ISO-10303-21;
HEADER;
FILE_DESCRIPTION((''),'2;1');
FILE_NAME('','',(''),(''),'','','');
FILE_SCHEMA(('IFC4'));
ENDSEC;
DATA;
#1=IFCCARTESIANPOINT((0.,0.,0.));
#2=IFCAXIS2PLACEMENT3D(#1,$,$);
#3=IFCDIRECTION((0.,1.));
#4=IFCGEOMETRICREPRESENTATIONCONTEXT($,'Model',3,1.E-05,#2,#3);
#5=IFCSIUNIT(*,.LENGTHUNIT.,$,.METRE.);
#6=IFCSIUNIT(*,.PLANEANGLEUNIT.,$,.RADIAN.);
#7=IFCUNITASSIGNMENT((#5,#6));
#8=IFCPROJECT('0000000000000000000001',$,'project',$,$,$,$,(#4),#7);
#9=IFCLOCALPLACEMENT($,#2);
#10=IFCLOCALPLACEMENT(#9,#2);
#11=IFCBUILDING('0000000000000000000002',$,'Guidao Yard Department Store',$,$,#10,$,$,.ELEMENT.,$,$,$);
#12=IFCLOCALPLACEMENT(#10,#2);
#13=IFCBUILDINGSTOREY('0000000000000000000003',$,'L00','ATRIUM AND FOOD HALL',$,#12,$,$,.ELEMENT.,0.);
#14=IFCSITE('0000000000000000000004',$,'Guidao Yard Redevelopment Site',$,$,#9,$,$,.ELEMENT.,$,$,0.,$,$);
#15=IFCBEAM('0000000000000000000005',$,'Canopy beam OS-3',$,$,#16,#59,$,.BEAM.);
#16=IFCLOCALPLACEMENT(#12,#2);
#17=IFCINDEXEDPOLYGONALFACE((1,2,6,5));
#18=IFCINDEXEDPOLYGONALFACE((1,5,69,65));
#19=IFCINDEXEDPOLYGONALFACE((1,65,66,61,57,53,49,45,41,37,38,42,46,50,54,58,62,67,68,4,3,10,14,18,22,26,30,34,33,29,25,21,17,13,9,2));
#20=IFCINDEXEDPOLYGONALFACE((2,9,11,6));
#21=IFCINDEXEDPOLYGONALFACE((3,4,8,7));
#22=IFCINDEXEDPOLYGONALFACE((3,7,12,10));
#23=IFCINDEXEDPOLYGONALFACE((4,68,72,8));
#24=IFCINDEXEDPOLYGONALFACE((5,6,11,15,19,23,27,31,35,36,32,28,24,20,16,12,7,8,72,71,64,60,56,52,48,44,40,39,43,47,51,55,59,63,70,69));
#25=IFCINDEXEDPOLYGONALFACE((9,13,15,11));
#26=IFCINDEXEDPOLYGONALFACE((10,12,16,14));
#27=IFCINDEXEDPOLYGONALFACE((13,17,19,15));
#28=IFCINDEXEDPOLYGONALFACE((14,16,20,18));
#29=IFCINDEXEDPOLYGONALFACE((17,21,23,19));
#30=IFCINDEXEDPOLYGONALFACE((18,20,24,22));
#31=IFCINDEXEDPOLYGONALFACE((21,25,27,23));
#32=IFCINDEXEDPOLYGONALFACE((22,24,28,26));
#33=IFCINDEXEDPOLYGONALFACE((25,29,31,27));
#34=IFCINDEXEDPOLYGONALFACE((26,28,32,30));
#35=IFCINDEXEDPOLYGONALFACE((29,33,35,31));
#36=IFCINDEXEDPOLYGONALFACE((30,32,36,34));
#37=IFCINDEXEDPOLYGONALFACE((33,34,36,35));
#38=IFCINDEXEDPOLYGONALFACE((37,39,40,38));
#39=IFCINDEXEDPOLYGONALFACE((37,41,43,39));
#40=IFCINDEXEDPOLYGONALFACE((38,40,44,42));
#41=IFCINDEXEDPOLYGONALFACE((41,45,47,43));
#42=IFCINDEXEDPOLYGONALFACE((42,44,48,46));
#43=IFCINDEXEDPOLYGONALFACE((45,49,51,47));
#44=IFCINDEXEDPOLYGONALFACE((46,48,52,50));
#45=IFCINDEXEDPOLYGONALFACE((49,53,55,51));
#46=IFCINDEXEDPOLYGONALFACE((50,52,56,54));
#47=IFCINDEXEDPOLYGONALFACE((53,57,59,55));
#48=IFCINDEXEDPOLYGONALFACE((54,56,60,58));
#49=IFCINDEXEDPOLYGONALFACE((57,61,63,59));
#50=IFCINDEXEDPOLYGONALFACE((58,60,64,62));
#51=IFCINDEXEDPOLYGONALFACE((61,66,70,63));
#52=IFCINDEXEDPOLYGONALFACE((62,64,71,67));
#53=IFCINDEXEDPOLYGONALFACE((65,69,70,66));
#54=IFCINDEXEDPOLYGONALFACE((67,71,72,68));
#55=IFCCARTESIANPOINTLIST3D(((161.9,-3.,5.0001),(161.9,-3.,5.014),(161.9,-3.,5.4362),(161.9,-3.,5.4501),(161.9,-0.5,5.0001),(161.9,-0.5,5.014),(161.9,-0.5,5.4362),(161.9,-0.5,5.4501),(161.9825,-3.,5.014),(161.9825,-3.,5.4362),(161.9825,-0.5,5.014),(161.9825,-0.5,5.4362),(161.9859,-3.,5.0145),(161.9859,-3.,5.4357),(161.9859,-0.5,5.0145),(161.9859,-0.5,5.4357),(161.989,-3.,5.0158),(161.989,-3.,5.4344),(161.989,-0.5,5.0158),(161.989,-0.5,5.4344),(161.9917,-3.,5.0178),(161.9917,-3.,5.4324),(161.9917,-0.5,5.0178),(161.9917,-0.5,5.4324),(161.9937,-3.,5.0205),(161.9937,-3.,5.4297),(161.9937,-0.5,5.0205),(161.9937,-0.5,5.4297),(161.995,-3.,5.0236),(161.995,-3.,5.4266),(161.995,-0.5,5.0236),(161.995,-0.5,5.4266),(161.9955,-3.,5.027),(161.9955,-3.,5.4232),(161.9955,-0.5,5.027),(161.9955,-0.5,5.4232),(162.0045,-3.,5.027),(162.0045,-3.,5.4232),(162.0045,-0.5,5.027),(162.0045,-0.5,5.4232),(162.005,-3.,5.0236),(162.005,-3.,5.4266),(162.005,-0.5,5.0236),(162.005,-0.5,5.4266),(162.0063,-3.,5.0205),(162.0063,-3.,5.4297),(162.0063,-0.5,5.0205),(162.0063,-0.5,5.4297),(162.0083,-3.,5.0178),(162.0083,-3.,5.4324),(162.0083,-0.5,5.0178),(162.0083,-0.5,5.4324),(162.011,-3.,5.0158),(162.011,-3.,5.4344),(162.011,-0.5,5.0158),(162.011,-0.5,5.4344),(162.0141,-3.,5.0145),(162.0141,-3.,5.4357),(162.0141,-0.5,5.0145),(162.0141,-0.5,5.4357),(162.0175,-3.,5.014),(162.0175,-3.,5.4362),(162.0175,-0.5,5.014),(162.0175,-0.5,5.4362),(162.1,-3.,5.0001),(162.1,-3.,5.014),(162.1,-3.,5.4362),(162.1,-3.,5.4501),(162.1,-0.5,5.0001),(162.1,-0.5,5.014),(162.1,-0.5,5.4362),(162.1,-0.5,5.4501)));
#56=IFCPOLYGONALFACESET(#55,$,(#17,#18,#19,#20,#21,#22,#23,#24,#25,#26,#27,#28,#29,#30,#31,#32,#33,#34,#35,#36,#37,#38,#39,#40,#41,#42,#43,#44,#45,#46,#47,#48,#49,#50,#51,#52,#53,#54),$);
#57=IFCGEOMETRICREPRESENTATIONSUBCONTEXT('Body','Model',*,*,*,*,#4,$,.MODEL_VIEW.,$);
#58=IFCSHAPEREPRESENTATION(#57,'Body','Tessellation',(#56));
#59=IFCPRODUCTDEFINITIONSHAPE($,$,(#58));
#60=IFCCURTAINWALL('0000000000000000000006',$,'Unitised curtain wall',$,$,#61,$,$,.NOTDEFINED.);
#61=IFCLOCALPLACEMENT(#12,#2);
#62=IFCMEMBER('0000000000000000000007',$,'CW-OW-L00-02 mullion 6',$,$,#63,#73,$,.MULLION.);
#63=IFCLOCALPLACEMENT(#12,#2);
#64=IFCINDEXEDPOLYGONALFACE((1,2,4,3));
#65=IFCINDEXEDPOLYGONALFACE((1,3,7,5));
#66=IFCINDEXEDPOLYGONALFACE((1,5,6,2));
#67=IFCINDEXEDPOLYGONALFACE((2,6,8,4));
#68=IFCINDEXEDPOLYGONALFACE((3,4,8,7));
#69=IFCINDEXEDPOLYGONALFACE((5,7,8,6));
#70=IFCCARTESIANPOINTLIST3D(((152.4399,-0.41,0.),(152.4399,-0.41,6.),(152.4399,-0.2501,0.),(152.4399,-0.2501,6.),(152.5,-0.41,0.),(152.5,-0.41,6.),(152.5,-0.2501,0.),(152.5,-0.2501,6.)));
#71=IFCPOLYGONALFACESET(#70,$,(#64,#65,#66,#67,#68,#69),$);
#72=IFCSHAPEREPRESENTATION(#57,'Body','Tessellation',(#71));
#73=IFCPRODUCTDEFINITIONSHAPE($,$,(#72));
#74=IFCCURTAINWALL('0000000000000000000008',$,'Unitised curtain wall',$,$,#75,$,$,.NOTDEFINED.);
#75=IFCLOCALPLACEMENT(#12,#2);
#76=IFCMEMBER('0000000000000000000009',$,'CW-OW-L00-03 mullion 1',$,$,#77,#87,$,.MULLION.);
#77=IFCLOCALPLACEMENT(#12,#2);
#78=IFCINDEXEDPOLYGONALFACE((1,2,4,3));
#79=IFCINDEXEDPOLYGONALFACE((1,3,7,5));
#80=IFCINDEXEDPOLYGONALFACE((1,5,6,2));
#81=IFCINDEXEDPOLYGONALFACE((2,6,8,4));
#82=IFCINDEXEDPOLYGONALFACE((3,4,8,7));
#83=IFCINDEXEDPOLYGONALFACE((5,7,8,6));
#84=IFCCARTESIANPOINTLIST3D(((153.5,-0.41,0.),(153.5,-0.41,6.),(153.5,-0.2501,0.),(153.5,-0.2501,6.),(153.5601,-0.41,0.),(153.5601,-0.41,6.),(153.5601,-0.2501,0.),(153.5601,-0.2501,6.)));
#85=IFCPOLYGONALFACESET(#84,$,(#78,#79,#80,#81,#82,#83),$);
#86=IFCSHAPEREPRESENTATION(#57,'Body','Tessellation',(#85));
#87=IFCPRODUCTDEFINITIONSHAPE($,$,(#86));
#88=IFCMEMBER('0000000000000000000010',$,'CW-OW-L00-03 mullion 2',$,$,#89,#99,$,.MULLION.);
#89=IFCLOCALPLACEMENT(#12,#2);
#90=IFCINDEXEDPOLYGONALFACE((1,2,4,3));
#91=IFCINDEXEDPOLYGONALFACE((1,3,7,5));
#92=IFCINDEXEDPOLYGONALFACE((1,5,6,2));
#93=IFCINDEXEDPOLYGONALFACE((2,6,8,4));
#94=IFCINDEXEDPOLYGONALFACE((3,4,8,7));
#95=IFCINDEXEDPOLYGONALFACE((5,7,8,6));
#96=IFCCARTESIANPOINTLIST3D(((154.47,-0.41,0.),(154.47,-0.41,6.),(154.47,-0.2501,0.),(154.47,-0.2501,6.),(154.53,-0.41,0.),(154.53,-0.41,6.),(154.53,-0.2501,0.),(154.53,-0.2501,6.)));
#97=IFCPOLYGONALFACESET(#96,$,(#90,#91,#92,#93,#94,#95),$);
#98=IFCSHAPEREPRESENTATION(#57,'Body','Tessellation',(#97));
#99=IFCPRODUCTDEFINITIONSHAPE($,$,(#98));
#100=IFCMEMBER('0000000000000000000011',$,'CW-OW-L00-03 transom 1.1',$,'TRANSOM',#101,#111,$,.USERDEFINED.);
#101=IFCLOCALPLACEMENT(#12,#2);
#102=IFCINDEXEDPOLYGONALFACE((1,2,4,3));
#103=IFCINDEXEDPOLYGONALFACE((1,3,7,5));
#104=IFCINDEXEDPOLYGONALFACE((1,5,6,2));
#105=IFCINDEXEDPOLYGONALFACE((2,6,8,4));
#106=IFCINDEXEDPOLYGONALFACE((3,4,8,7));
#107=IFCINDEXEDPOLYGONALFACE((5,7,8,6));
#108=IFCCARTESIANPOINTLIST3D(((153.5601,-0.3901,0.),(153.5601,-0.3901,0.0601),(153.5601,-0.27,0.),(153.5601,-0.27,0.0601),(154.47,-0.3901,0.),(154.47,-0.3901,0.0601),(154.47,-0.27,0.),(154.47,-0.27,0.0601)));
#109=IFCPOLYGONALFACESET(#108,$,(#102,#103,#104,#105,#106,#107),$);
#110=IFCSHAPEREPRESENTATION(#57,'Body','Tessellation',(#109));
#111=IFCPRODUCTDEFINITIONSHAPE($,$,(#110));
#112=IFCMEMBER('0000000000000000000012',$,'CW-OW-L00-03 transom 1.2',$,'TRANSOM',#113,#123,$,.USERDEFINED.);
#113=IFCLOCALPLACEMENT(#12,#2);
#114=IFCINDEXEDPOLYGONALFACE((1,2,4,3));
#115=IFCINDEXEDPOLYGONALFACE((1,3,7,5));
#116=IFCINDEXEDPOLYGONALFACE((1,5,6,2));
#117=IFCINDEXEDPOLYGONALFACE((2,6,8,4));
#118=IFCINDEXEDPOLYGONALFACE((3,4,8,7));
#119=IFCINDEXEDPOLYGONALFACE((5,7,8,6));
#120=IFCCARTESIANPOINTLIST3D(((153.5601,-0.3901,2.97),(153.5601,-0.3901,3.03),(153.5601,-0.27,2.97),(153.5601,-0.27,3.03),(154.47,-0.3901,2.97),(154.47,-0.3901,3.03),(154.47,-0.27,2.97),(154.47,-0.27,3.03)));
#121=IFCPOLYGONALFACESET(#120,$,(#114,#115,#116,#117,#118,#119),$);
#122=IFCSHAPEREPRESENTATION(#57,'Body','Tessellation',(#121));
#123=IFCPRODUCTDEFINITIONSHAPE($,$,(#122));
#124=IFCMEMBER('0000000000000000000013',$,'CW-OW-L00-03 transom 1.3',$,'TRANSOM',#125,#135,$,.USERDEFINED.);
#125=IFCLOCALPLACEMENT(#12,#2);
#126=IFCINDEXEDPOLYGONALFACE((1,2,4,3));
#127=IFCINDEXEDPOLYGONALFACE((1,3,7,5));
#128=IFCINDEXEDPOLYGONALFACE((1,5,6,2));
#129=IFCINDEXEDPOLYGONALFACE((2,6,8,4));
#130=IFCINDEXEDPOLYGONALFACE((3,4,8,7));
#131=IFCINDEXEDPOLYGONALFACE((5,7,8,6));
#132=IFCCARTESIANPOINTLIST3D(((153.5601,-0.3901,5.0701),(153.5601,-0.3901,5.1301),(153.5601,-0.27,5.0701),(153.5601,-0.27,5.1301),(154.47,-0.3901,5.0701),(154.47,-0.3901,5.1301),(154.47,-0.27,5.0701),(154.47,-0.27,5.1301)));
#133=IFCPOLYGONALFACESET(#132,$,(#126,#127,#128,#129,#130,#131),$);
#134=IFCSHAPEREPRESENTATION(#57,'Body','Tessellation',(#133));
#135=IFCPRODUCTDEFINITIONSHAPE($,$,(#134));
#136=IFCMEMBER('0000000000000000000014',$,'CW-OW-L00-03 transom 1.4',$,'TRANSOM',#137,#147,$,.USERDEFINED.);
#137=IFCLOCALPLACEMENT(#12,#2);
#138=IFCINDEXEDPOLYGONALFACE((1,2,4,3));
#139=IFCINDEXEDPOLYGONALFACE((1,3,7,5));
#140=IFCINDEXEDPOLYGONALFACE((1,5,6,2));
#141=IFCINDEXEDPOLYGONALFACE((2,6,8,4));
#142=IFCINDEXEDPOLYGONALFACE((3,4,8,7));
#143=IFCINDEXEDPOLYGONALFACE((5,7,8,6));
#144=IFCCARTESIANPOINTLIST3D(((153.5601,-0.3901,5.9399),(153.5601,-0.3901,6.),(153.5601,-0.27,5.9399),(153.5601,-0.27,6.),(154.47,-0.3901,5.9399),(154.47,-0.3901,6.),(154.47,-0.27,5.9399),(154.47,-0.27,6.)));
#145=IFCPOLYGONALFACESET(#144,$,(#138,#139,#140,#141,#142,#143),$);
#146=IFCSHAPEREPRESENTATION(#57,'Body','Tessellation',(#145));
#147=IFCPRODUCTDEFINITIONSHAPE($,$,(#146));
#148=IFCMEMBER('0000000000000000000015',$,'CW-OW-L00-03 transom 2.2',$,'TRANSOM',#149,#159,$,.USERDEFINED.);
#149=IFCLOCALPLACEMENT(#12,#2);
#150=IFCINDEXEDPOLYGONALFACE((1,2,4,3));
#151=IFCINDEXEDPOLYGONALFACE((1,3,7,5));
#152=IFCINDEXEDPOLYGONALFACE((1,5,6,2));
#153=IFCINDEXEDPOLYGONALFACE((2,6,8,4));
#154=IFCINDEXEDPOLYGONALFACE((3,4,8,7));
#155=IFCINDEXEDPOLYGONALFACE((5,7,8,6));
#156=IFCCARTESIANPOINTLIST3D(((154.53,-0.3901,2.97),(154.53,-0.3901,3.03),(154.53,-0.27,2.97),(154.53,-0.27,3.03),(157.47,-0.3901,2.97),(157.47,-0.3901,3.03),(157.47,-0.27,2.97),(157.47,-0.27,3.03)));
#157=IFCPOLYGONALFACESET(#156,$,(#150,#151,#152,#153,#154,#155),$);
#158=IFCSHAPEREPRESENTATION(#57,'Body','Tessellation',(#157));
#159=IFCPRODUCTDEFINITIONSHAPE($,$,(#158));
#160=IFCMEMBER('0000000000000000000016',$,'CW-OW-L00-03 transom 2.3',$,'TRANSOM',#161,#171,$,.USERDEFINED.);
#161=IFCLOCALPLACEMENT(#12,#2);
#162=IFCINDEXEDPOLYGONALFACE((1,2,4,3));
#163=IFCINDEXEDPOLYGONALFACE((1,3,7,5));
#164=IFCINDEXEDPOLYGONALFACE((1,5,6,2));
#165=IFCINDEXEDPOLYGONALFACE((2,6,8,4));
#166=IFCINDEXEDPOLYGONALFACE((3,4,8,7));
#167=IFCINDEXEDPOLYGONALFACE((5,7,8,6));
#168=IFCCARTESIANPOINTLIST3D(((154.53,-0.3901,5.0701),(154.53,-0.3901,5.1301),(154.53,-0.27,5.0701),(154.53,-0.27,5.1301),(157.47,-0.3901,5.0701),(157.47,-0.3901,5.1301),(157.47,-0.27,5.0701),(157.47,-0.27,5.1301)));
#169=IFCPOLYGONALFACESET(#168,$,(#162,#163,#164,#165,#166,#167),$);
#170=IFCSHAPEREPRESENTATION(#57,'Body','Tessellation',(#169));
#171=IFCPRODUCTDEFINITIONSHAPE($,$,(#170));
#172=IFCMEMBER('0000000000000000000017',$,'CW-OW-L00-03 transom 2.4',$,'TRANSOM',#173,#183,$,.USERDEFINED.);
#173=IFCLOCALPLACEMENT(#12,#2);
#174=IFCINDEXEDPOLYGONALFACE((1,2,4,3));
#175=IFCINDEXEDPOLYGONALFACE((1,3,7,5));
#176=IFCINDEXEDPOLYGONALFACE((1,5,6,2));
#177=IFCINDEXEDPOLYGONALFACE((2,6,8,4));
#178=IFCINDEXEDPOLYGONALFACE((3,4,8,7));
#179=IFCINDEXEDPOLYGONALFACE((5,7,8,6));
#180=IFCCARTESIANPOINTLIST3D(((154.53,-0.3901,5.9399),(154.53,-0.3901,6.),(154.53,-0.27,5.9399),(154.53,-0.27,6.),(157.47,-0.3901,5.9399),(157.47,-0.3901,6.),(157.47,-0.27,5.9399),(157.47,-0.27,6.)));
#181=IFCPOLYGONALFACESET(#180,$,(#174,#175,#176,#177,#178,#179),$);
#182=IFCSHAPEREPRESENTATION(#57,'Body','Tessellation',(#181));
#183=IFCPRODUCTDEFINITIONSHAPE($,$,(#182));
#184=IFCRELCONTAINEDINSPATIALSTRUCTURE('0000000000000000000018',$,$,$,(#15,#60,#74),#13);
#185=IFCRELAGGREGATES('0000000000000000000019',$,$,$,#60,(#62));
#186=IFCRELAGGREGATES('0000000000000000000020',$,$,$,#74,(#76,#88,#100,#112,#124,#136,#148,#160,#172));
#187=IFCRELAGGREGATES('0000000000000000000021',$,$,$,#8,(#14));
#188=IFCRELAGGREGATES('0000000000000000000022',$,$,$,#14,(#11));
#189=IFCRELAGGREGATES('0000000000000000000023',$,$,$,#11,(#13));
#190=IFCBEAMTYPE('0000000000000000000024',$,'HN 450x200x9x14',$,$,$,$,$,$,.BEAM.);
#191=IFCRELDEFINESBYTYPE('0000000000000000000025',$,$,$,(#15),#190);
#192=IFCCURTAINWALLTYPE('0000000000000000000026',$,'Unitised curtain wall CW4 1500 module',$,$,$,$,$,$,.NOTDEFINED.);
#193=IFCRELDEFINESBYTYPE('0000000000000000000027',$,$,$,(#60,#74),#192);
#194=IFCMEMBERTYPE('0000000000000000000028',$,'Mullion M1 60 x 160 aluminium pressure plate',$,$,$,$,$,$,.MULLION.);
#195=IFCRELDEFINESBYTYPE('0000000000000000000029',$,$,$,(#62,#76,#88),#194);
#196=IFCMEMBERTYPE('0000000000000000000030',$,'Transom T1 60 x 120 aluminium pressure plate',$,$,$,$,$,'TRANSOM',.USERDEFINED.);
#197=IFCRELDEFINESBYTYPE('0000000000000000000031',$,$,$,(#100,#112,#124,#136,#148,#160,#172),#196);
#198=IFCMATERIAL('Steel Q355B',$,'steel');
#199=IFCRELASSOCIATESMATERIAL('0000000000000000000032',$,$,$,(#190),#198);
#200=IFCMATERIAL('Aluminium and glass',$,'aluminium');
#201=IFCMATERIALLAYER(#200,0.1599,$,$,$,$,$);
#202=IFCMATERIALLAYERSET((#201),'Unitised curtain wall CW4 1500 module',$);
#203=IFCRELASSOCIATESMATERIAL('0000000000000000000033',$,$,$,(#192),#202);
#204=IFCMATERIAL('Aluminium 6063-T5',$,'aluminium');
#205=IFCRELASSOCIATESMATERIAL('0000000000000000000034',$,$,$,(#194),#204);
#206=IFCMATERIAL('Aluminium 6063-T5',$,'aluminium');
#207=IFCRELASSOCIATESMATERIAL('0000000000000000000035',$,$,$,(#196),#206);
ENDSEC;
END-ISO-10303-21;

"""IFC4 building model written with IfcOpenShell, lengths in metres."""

from ifc_helpers import new_model, si_unit, direction, frame, origin, origin_2d, place, context, subcontext, project, spatial, rectangle, i_section, extrude, material, layer, layer_set, material_profile, profile_set, type_object, element, aggregate, save


model = new_model("IFC4")

# Units and contexts
model_context = context("Model", 3, precision=1e-05, world=origin(), true_north=direction((0.0, 1.0)))
body_context = subcontext(model_context, "Body", "Model", "MODEL_VIEW")
ifc_project = project(units=[si_unit("LENGTHUNIT", "METRE"), si_unit("PLANEANGLEUNIT", "RADIAN")], contexts=[model_context])

# Site, building, storey
site_placement = place(None, origin())
site = spatial("IfcSite", under=ifc_project, at=site_placement, Name="Guidao Yard Redevelopment Site", CompositionType="ELEMENT", RefElevation=0.0)
building_placement = place(site_placement, origin())
building = spatial("IfcBuilding", under=site, at=building_placement, Name="Guidao Yard Department Store", CompositionType="ELEMENT")
storey_placement = place(building_placement, origin())
storey = spatial("IfcBuildingStorey", under=building, at=storey_placement, Name="L00", Description="ATRIUM AND FOOD HALL", CompositionType="ELEMENT", Elevation=0.0)

# Beam
ifc_material_1 = material(Name="Steel Q355B", Category="steel")
ifc_material_profile_1 = material_profile(ifc_material_1, i_section(OverallWidth=0.2, OverallDepth=0.45, WebThickness=0.009, FlangeThickness=0.0139, FilletRadius=0.0129, at=origin_2d()), Name="HN 450x200x9x14")
ifc_profile_set_1 = profile_set([ifc_material_profile_1], Name="Steel Q355B")
beam_type_1 = type_object("IfcBeamType", Name="HN 450x200x9x14", PredefinedType="BEAM", material=ifc_profile_set_1)
for number, where, z_axis, x_axis, name in (
    (1, (162.0, -0.5, 5.2251), (0.0, -1.0, 0.0), (1.0, 0.0, 0.0), "Canopy beam OS-3"),
):
    element("IfcBeam", number, at=place(storey_placement, frame(where, z_axis=z_axis, x_axis=x_axis)), inside=storey, type_object=beam_type_1, Name=name, PredefinedType="BEAM", context=body_context, shape_type="SweptSolid", body=[
        extrude(i_section(OverallWidth=0.2, OverallDepth=0.45, WebThickness=0.009, FlangeThickness=0.0139, FilletRadius=0.0129, at=origin_2d()), origin(), (0.0, 0.0, 1.0), 2.5),
    ])

# Curtain wall, member
ifc_material_2 = material(Name="Aluminium and glass", Category="aluminium")
ifc_layer_1 = layer(ifc_material_2, 0.1599)
ifc_layer_set_1 = layer_set([ifc_layer_1], Name="Unitised curtain wall CW4 1500 module")
curtain_wall_type = type_object("IfcCurtainWallType", Name="Unitised curtain wall CW4 1500 module", PredefinedType="NOTDEFINED", material=ifc_layer_set_1)
curtain_wall_1_placement = place(storey_placement, origin())
curtain_wall_1 = element("IfcCurtainWall", 2, at=curtain_wall_1_placement, inside=storey, type_object=curtain_wall_type, Name="Unitised curtain wall", PredefinedType="NOTDEFINED")
ifc_material_3 = material(Name="Aluminium 6063-T5", Category="aluminium")
ifc_material_profile_2 = material_profile(ifc_material_3, rectangle(XDim=0.0601, YDim=0.1599, at=origin_2d()), Name="Mullion M1 60 x 160 aluminium pressure plate")
ifc_profile_set_2 = profile_set([ifc_material_profile_2], Name="Aluminium 6063-T5")
member_type_1 = type_object("IfcMemberType", Name="Mullion M1 60 x 160 aluminium pressure plate", PredefinedType="MULLION", material=ifc_profile_set_2)
member_1_placement = place(storey_placement, frame((152.47, -0.3301, 0.0), z_axis=(0.0, 0.0, 1.0), x_axis=(-1.0, 0.0, 0.0)))
member_1 = element("IfcMember", 3, at=member_1_placement, type_object=member_type_1, Name="CW-OW-L00-02 mullion 6", PredefinedType="MULLION", context=body_context, shape_type="SweptSolid", body=[
    extrude(rectangle(XDim=0.0601, YDim=0.1599, at=origin_2d()), origin(), (0.0, 0.0, 1.0), 6.0),
])
aggregate(curtain_wall_1, [member_1])

# Curtain wall, members
curtain_wall_2_placement = place(storey_placement, origin())
curtain_wall_2 = element("IfcCurtainWall", 4, at=curtain_wall_2_placement, inside=storey, type_object=curtain_wall_type, Name="Unitised curtain wall", PredefinedType="NOTDEFINED")
member_2_placement = place(storey_placement, frame((153.53, -0.3301, 0.0), z_axis=(0.0, 0.0, 1.0), x_axis=(-1.0, 0.0, 0.0)))
member_2 = element("IfcMember", 5, at=member_2_placement, type_object=member_type_1, Name="CW-OW-L00-03 mullion 1", PredefinedType="MULLION", context=body_context, shape_type="SweptSolid", body=[
    extrude(rectangle(XDim=0.0601, YDim=0.1599, at=origin_2d()), origin(), (0.0, 0.0, 1.0), 6.0),
])
member_3_placement = place(storey_placement, frame((154.5, -0.3301, 0.0), z_axis=(0.0, 0.0, 1.0), x_axis=(-1.0, 0.0, 0.0)))
member_3 = element("IfcMember", 6, at=member_3_placement, type_object=member_type_1, Name="CW-OW-L00-03 mullion 2", PredefinedType="MULLION", context=body_context, shape_type="SweptSolid", body=[
    extrude(rectangle(XDim=0.0601, YDim=0.1599, at=origin_2d()), origin(), (0.0, 0.0, 1.0), 6.0),
])
ifc_material_4 = material(Name="Aluminium 6063-T5", Category="aluminium")
ifc_material_profile_3 = material_profile(ifc_material_4, rectangle(XDim=0.1201, YDim=0.0601, at=origin_2d()), Name="Transom T1 60 x 120 aluminium pressure plate")
ifc_profile_set_3 = profile_set([ifc_material_profile_3], Name="Aluminium 6063-T5")
member_type_2 = type_object("IfcMemberType", Name="Transom T1 60 x 120 aluminium pressure plate", ElementType="TRANSOM", PredefinedType="USERDEFINED", material=ifc_profile_set_3)
member_4_placement = place(storey_placement, frame((154.47, -0.3301, 0.03), z_axis=(-1.0, 0.0, 0.0), x_axis=(0.0, -1.0, 0.0)))
member_4 = element("IfcMember", 7, at=member_4_placement, type_object=member_type_2, Name="CW-OW-L00-03 transom 1.1", ObjectType="TRANSOM", PredefinedType="USERDEFINED", context=body_context, shape_type="SweptSolid", body=[
    extrude(rectangle(XDim=0.1201, YDim=0.0601, at=origin_2d()), origin(), (0.0, 0.0, 1.0), 0.9099),
])
member_5_placement = place(storey_placement, frame((154.47, -0.3301, 3.0), z_axis=(-1.0, 0.0, 0.0), x_axis=(0.0, -1.0, 0.0)))
member_5 = element("IfcMember", 8, at=member_5_placement, type_object=member_type_2, Name="CW-OW-L00-03 transom 1.2", ObjectType="TRANSOM", PredefinedType="USERDEFINED", context=body_context, shape_type="SweptSolid", body=[
    extrude(rectangle(XDim=0.1201, YDim=0.0601, at=origin_2d()), origin(), (0.0, 0.0, 1.0), 0.9099),
])
member_6_placement = place(storey_placement, frame((154.47, -0.3301, 5.1001), z_axis=(-1.0, 0.0, 0.0), x_axis=(0.0, -1.0, 0.0)))
member_6 = element("IfcMember", 9, at=member_6_placement, type_object=member_type_2, Name="CW-OW-L00-03 transom 1.3", ObjectType="TRANSOM", PredefinedType="USERDEFINED", context=body_context, shape_type="SweptSolid", body=[
    extrude(rectangle(XDim=0.1201, YDim=0.0601, at=origin_2d()), origin(), (0.0, 0.0, 1.0), 0.9099),
])
member_7_placement = place(storey_placement, frame((154.47, -0.3301, 5.97), z_axis=(-1.0, 0.0, 0.0), x_axis=(0.0, -1.0, 0.0)))
member_7 = element("IfcMember", 10, at=member_7_placement, type_object=member_type_2, Name="CW-OW-L00-03 transom 1.4", ObjectType="TRANSOM", PredefinedType="USERDEFINED", context=body_context, shape_type="SweptSolid", body=[
    extrude(rectangle(XDim=0.1201, YDim=0.0601, at=origin_2d()), origin(), (0.0, 0.0, 1.0), 0.9099),
])
member_8_placement = place(storey_placement, frame((157.47, -0.3301, 3.0), z_axis=(-1.0, 0.0, 0.0), x_axis=(0.0, -1.0, 0.0)))
member_8 = element("IfcMember", 11, at=member_8_placement, type_object=member_type_2, Name="CW-OW-L00-03 transom 2.2", ObjectType="TRANSOM", PredefinedType="USERDEFINED", context=body_context, shape_type="SweptSolid", body=[
    extrude(rectangle(XDim=0.1201, YDim=0.0601, at=origin_2d()), origin(), (0.0, 0.0, 1.0), 2.9399),
])
member_9_placement = place(storey_placement, frame((157.47, -0.3301, 5.1001), z_axis=(-1.0, 0.0, 0.0), x_axis=(0.0, -1.0, 0.0)))
member_9 = element("IfcMember", 12, at=member_9_placement, type_object=member_type_2, Name="CW-OW-L00-03 transom 2.3", ObjectType="TRANSOM", PredefinedType="USERDEFINED", context=body_context, shape_type="SweptSolid", body=[
    extrude(rectangle(XDim=0.1201, YDim=0.0601, at=origin_2d()), origin(), (0.0, 0.0, 1.0), 2.9399),
])
member_10_placement = place(storey_placement, frame((157.47, -0.3301, 5.97), z_axis=(-1.0, 0.0, 0.0), x_axis=(0.0, -1.0, 0.0)))
member_10 = element("IfcMember", 13, at=member_10_placement, type_object=member_type_2, Name="CW-OW-L00-03 transom 2.4", ObjectType="TRANSOM", PredefinedType="USERDEFINED", context=body_context, shape_type="SweptSolid", body=[
    extrude(rectangle(XDim=0.1201, YDim=0.0601, at=origin_2d()), origin(), (0.0, 0.0, 1.0), 2.9399),
])

aggregate(curtain_wall_2, [member_2, member_3, member_4, member_5, member_6, member_7, member_8, member_9, member_10])

save(model, "model.ifc")
